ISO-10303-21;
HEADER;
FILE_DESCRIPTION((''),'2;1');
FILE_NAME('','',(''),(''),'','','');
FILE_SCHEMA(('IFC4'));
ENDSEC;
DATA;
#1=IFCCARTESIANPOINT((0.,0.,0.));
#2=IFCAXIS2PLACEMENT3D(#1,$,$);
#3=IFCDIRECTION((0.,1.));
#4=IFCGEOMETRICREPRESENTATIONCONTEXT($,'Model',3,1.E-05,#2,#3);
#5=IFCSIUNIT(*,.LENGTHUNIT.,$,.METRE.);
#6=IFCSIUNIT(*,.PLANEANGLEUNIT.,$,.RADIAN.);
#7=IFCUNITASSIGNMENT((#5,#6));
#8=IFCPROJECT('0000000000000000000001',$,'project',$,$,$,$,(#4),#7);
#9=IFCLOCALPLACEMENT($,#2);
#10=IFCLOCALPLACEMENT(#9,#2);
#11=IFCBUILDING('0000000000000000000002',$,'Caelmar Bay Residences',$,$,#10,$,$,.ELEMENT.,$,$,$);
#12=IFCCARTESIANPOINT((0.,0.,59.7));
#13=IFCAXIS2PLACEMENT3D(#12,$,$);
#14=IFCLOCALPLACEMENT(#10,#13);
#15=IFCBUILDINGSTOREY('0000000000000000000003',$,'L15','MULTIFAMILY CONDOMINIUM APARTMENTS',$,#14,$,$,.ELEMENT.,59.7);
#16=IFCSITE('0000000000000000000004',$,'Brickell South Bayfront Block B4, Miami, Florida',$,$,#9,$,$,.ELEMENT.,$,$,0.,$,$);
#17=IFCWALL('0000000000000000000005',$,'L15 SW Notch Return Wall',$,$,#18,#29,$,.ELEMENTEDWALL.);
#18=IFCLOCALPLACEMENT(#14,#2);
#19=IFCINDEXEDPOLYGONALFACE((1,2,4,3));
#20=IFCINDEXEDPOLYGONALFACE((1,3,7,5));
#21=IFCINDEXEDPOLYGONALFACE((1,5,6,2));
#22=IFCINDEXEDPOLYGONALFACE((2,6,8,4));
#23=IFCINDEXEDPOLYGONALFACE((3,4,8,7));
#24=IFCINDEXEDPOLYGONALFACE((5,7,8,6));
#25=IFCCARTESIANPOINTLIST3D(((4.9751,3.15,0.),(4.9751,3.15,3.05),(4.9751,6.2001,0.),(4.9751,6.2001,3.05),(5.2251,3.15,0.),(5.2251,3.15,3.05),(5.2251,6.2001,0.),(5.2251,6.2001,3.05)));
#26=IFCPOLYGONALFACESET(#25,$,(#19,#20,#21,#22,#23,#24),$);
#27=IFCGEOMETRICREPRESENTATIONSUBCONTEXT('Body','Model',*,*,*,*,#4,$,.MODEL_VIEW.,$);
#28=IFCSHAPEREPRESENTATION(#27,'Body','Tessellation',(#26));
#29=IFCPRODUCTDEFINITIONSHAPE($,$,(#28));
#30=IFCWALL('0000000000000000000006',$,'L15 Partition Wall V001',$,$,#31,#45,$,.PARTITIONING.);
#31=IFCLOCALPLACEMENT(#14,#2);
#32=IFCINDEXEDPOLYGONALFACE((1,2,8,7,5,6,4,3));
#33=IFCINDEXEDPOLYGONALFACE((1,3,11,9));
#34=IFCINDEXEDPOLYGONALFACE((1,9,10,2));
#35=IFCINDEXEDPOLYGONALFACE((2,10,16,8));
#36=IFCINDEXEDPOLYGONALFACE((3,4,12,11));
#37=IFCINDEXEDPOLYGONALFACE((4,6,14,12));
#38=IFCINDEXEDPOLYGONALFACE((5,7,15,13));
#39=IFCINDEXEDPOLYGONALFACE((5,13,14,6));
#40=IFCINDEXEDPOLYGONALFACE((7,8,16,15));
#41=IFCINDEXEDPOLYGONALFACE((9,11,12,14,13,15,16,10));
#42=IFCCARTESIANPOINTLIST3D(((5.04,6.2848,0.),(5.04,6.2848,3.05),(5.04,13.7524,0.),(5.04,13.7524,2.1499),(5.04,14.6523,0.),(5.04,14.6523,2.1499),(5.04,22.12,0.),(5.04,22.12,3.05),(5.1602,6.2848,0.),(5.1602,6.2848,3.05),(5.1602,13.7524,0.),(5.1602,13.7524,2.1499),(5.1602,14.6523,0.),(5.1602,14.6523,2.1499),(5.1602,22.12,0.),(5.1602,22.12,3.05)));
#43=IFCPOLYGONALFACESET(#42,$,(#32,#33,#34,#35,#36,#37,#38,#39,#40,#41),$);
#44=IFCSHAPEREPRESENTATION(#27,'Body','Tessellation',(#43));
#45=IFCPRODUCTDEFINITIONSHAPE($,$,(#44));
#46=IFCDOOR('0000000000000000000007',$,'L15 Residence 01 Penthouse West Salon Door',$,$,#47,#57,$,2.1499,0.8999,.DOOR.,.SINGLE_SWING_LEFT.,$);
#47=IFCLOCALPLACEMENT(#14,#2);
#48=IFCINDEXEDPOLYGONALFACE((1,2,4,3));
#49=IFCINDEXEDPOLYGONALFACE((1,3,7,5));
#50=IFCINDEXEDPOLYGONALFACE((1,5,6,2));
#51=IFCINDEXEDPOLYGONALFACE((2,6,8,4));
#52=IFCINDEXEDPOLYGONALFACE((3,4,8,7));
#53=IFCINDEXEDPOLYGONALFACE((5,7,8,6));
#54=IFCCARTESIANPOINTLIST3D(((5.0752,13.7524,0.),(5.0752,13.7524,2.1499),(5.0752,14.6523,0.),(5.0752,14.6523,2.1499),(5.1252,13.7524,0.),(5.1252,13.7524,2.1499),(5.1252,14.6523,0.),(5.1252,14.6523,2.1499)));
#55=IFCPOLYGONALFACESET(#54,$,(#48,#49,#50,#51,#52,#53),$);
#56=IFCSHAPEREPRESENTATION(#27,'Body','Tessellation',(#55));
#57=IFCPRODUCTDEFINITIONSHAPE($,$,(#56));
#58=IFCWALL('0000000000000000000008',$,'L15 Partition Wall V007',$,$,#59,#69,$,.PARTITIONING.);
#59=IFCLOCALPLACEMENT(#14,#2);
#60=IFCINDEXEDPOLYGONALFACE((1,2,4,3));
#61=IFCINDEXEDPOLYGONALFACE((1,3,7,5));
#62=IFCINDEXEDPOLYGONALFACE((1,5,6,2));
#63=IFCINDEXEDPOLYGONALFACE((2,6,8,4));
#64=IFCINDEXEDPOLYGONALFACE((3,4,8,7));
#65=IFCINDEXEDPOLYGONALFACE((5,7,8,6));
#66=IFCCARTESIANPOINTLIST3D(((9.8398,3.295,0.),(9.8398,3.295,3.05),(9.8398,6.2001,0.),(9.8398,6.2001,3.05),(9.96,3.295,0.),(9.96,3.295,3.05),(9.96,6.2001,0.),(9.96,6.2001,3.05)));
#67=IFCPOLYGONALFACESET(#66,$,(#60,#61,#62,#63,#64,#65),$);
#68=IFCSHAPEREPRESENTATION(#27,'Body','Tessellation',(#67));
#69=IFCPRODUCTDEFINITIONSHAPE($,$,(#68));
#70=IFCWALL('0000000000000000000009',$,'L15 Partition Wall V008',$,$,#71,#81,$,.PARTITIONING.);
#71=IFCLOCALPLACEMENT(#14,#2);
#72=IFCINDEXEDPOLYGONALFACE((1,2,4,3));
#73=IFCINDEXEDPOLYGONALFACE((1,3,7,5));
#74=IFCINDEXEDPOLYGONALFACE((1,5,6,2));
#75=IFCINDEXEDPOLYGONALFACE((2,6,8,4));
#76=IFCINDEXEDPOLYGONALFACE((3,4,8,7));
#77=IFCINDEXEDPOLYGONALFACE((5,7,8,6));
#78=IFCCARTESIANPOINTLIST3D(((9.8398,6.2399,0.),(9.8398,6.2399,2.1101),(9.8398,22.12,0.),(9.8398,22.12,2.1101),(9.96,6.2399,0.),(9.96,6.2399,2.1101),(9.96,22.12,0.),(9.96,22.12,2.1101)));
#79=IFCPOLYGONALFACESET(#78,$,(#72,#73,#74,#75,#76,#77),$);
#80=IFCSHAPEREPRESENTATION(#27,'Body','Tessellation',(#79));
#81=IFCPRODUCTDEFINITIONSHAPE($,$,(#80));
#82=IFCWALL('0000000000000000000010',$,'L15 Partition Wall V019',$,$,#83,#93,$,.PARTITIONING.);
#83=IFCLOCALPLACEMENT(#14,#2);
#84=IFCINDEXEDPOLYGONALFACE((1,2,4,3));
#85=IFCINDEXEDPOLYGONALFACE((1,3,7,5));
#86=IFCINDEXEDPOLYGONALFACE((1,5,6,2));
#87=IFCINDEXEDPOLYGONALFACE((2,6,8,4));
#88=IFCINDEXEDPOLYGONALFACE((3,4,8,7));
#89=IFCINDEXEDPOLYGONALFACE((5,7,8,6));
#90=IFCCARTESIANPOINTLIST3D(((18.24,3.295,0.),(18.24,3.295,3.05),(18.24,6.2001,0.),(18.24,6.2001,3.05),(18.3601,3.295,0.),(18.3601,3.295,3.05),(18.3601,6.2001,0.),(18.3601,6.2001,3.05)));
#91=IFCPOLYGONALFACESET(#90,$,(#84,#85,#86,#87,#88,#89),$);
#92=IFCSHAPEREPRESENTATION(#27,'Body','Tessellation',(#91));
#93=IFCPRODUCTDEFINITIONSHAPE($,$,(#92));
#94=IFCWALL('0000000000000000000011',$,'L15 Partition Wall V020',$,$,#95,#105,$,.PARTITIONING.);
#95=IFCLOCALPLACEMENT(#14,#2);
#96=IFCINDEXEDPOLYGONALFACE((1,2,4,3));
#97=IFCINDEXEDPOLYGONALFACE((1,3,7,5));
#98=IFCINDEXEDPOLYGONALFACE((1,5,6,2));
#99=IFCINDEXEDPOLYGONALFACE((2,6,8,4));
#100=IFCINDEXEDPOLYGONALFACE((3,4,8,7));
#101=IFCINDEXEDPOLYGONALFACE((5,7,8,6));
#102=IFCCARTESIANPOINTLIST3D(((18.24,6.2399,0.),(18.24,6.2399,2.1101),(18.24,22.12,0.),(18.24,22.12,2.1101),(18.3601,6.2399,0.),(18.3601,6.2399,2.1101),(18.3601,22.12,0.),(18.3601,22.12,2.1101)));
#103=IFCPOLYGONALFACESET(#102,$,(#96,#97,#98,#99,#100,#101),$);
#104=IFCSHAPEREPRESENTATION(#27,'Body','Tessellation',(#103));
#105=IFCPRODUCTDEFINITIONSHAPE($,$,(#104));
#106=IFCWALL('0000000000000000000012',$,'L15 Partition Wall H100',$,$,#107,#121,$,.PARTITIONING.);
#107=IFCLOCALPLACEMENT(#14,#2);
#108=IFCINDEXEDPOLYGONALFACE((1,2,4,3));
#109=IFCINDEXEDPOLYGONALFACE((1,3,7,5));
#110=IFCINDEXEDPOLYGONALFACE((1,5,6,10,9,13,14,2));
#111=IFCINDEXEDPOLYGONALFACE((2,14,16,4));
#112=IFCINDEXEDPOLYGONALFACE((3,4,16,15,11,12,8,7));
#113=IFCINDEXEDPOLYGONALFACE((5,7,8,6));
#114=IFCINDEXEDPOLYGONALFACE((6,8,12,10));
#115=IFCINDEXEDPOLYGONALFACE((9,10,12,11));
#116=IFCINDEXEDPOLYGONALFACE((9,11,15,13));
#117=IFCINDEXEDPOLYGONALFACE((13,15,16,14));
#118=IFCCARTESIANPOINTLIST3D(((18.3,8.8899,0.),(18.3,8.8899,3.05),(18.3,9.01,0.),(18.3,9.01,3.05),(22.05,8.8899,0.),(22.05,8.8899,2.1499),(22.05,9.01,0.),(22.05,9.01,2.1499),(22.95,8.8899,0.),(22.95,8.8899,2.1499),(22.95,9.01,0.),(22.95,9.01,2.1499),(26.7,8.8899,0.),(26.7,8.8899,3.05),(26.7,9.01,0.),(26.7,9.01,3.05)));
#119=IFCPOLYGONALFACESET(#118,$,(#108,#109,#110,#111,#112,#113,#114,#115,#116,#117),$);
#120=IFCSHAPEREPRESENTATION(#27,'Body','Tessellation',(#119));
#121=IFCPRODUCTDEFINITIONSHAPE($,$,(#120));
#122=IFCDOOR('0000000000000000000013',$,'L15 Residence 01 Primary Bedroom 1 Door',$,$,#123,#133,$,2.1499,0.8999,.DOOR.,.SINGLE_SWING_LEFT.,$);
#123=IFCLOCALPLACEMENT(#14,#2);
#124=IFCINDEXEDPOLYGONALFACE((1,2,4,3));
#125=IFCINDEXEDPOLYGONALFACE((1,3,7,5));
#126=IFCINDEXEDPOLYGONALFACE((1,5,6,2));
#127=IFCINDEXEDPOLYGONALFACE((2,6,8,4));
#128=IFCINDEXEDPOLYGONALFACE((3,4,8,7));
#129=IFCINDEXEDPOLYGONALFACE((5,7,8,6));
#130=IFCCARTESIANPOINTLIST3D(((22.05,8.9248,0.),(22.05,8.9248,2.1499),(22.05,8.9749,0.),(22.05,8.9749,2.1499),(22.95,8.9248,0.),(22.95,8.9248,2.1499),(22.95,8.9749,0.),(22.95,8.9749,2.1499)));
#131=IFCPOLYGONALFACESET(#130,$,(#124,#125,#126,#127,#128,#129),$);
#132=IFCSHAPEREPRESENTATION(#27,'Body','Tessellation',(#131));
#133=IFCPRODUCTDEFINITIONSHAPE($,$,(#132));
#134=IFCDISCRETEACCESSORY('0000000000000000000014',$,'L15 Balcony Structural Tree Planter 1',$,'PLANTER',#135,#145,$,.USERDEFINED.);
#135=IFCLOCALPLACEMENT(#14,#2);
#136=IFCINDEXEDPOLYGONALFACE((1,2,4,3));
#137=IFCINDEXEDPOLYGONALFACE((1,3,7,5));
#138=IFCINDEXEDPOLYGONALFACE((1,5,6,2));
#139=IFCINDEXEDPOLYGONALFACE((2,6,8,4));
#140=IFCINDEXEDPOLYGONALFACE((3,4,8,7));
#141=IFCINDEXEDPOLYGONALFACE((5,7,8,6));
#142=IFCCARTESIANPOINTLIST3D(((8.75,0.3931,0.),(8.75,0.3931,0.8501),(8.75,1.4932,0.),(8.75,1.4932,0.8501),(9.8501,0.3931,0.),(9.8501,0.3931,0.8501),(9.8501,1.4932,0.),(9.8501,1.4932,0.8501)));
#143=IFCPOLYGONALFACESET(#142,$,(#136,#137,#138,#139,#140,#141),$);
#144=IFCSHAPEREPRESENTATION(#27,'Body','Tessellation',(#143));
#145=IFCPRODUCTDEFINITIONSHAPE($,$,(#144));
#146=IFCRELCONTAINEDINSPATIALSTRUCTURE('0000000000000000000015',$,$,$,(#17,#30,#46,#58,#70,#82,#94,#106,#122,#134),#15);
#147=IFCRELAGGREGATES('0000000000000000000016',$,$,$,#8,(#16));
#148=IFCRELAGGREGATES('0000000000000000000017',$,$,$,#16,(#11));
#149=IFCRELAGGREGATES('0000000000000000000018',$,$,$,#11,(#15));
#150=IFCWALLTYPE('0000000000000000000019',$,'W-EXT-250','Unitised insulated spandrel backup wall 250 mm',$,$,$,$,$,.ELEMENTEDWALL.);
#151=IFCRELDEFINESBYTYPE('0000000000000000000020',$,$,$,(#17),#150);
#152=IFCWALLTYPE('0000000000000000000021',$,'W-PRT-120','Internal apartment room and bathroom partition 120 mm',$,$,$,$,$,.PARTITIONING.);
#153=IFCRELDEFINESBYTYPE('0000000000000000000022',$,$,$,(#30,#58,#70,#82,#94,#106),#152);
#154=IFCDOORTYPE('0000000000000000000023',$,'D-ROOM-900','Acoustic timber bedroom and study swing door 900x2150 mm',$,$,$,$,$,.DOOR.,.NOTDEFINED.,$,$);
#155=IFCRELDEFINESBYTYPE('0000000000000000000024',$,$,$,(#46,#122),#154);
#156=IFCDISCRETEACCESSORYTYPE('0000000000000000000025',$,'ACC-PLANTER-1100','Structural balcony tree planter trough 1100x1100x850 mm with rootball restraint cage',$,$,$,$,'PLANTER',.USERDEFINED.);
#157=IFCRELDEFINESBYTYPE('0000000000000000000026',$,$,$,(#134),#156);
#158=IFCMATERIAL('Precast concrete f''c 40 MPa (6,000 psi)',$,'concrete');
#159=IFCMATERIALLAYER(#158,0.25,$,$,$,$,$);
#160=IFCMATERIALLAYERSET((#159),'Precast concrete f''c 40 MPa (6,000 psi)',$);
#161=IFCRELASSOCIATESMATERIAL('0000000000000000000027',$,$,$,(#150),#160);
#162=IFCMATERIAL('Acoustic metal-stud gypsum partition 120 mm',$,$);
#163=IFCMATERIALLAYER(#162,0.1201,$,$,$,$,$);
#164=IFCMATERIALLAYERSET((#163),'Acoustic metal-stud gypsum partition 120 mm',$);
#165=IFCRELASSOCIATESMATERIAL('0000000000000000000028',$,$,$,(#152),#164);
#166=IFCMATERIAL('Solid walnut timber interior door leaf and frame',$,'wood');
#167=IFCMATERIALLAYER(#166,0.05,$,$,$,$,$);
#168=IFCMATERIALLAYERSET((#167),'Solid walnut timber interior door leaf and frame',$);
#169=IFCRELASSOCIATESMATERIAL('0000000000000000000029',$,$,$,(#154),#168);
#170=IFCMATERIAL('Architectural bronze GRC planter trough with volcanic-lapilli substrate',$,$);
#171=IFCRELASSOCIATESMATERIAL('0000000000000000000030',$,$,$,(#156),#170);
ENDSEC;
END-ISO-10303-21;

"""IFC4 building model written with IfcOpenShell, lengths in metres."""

from ifc_helpers import new_model, si_unit, direction, frame, frame_2d, origin, origin_2d, place, context, subcontext, project, spatial, rectangle, extrude, material, layer, layer_set, type_object, element, fill, save


model = new_model("IFC4")

# Units and contexts
model_context = context("Model", 3, precision=1e-05, world=origin(), true_north=direction((0.0, 1.0)))
body_context = subcontext(model_context, "Body", "Model", "MODEL_VIEW")
ifc_project = project(units=[si_unit("LENGTHUNIT", "METRE"), si_unit("PLANEANGLEUNIT", "RADIAN")], contexts=[model_context])

# Site, building, storey
site_placement = place(None, origin())
site = spatial("IfcSite", under=ifc_project, at=site_placement, Name="Brickell South Bayfront Block B4, Miami, Florida", CompositionType="ELEMENT", RefElevation=0.0)
building_placement = place(site_placement, origin())
building = spatial("IfcBuilding", under=site, at=building_placement, Name="Caelmar Bay Residences", CompositionType="ELEMENT")
storey_placement = place(building_placement, frame((0.0, 0.0, 59.7)))
storey = spatial("IfcBuildingStorey", under=building, at=storey_placement, Name="L15", Description="MULTIFAMILY CONDOMINIUM APARTMENTS", CompositionType="ELEMENT", Elevation=59.7)

# Wall
ifc_material_1 = material(Name="Precast concrete f'c 40 MPa (6,000 psi)", Category="concrete")
ifc_layer_1 = layer(ifc_material_1, 0.25)
ifc_layer_set_1 = layer_set([ifc_layer_1], Name="Precast concrete f'c 40 MPa (6,000 psi)")
wall_type_1 = type_object("IfcWallType", Name="W-EXT-250", Description="Unitised insulated spandrel backup wall 250 mm", PredefinedType="ELEMENTEDWALL", material=ifc_layer_set_1)
wall_1_placement = place(storey_placement, frame((5.1001, 6.2, 0.0), z_axis=(0.0, 0.0, 1.0), x_axis=(0.0, -1.0, 0.0)))
element("IfcWall", 1, at=wall_1_placement, inside=storey, type_object=wall_type_1, Name="L15 SW Notch Return Wall", PredefinedType="ELEMENTEDWALL", context=body_context, shape_type="SweptSolid", body=[
    extrude(rectangle(XDim=3.05, YDim=0.25, at=frame_2d((1.5249, 0.0))), origin(), (0.0, 0.0, 1.0), 3.05),
])

# Wall, opening, door
ifc_material_2 = material(Name="Acoustic metal-stud gypsum partition 120 mm")
ifc_layer_2 = layer(ifc_material_2, 0.1201)
ifc_layer_set_2 = layer_set([ifc_layer_2], Name="Acoustic metal-stud gypsum partition 120 mm")
wall_type_2 = type_object("IfcWallType", Name="W-PRT-120", Description="Internal apartment room and bathroom partition 120 mm", PredefinedType="PARTITIONING", material=ifc_layer_set_2)
wall_2_placement = place(storey_placement, frame((5.1001, 6.2849, 0.0), z_axis=(0.0, 0.0, 1.0), x_axis=(0.0, 1.0, 0.0)))
wall_2 = element("IfcWall", 2, at=wall_2_placement, inside=storey, type_object=wall_type_2, Name="L15 Partition Wall V001", PredefinedType="PARTITIONING", context=body_context, shape_type="SweptSolid", body=[
    extrude(rectangle(XDim=15.8352, YDim=0.1201, at=frame_2d((7.9175, 0.0))), origin(), (0.0, 0.0, 1.0), 3.05),
])
opening_1_placement = place(wall_2_placement, frame((7.4675, 0.0, 0.0)))
opening_1 = element("IfcOpeningElement", 3, at=opening_1_placement, cuts=wall_2, PredefinedType="OPENING", context=body_context, shape_type="SweptSolid", body=[
    extrude(rectangle(XDim=0.8999, YDim=2.1499, at=frame_2d((0.45, 1.075))), frame((0.0, 0.0701, 0.0), z_axis=(0.0, -1.0, 0.0), x_axis=(1.0, 0.0, 0.0)), (0.0, 0.0, 1.0), 0.1401),
])
ifc_material_3 = material(Name="Solid walnut timber interior door leaf and frame", Category="wood")
ifc_layer_3 = layer(ifc_material_3, 0.05)
ifc_layer_set_3 = layer_set([ifc_layer_3], Name="Solid walnut timber interior door leaf and frame")
door_type = type_object("IfcDoorType", Name="D-ROOM-900", Description="Acoustic timber bedroom and study swing door 900x2150 mm", OperationType="NOTDEFINED", PredefinedType="DOOR", material=ifc_layer_set_3)
door_1_placement = place(opening_1_placement, origin())
door_1 = element("IfcDoor", 4, at=door_1_placement, inside=storey, type_object=door_type, Name="L15 Residence 01 Penthouse West Salon Door", OperationType="SINGLE_SWING_LEFT", OverallHeight=2.1499, OverallWidth=0.8999, PredefinedType="DOOR", context=body_context, shape_type="SweptSolid", body=[
    extrude(rectangle(XDim=0.8999, YDim=2.1499, at=frame_2d((0.45, 1.075))), frame((0.0, 0.0249, 0.0), z_axis=(0.0, -1.0, 0.0), x_axis=(1.0, 0.0, 0.0)), (0.0, 0.0, 1.0), 0.05),
])
fill(opening_1, door_1)

# Walls
wall_3_placement = place(storey_placement, frame((9.8999, 3.2949, 0.0), z_axis=(0.0, 0.0, 1.0), x_axis=(0.0, 1.0, 0.0)))
element("IfcWall", 5, at=wall_3_placement, inside=storey, type_object=wall_type_2, Name="L15 Partition Wall V007", PredefinedType="PARTITIONING", context=body_context, shape_type="SweptSolid", body=[
    extrude(rectangle(XDim=2.905, YDim=0.1201, at=frame_2d((1.4526, 0.0))), origin(), (0.0, 0.0, 1.0), 3.05),
])
wall_4_placement = place(storey_placement, frame((9.8999, 6.24, 0.0), z_axis=(0.0, 0.0, 1.0), x_axis=(0.0, 1.0, 0.0)))
element("IfcWall", 6, at=wall_4_placement, inside=storey, type_object=wall_type_2, Name="L15 Partition Wall V008", PredefinedType="PARTITIONING", context=body_context, shape_type="SweptSolid", body=[
    extrude(rectangle(XDim=15.8801, YDim=0.1201, at=frame_2d((7.9399, 0.0))), origin(), (0.0, 0.0, 1.0), 2.1101),
])
wall_5_placement = place(storey_placement, frame((18.3, 3.2949, 0.0), z_axis=(0.0, 0.0, 1.0), x_axis=(0.0, 1.0, 0.0)))
element("IfcWall", 7, at=wall_5_placement, inside=storey, type_object=wall_type_2, Name="L15 Partition Wall V019", PredefinedType="PARTITIONING", context=body_context, shape_type="SweptSolid", body=[
    extrude(rectangle(XDim=2.905, YDim=0.1201, at=frame_2d((1.4526, 0.0))), origin(), (0.0, 0.0, 1.0), 3.05),
])
wall_6_placement = place(storey_placement, frame((18.3, 6.24, 0.0), z_axis=(0.0, 0.0, 1.0), x_axis=(0.0, 1.0, 0.0)))
element("IfcWall", 8, at=wall_6_placement, inside=storey, type_object=wall_type_2, Name="L15 Partition Wall V020", PredefinedType="PARTITIONING", context=body_context, shape_type="SweptSolid", body=[
    extrude(rectangle(XDim=15.8801, YDim=0.1201, at=frame_2d((7.9399, 0.0))), origin(), (0.0, 0.0, 1.0), 2.1101),
])

# Wall, opening, door
wall_7_placement = place(storey_placement, frame((18.3, 8.95, 0.0), z_axis=(0.0, 0.0, 1.0), x_axis=(1.0, 0.0, 0.0)))
wall_7 = element("IfcWall", 9, at=wall_7_placement, inside=storey, type_object=wall_type_2, Name="L15 Partition Wall H100", PredefinedType="PARTITIONING", context=body_context, shape_type="SweptSolid", body=[
    extrude(rectangle(XDim=8.3999, YDim=0.1201, at=frame_2d((4.2, 0.0))), origin(), (0.0, 0.0, 1.0), 3.05),
])
opening_2_placement = place(wall_7_placement, frame((3.75, 0.0, 0.0)))
opening_2 = element("IfcOpeningElement", 10, at=opening_2_placement, cuts=wall_7, PredefinedType="OPENING", context=body_context, shape_type="SweptSolid", body=[
    extrude(rectangle(XDim=0.8999, YDim=2.1499, at=frame_2d((0.45, 1.075))), frame((0.0, 0.0701, 0.0), z_axis=(0.0, -1.0, 0.0), x_axis=(1.0, 0.0, 0.0)), (0.0, 0.0, 1.0), 0.1401),
])
door_2_placement = place(opening_2_placement, origin())
door_2 = element("IfcDoor", 11, at=door_2_placement, inside=storey, type_object=door_type, Name="L15 Residence 01 Primary Bedroom 1 Door", OperationType="SINGLE_SWING_LEFT", OverallHeight=2.1499, OverallWidth=0.8999, PredefinedType="DOOR", context=body_context, shape_type="SweptSolid", body=[
    extrude(rectangle(XDim=0.8999, YDim=2.1499, at=frame_2d((0.45, 1.075))), frame((0.0, 0.0249, 0.0), z_axis=(0.0, -1.0, 0.0), x_axis=(1.0, 0.0, 0.0)), (0.0, 0.0, 1.0), 0.05),
])
fill(opening_2, door_2)

# Discrete accessory
ifc_material_4 = material(Name="Architectural bronze GRC planter trough with volcanic-lapilli substrate")
discrete_accessory_type = type_object("IfcDiscreteAccessoryType", Name="ACC-PLANTER-1100", Description="Structural balcony tree planter trough 1100x1100x850 mm with rootball restraint cage", ElementType="PLANTER", PredefinedType="USERDEFINED", material=ifc_material_4)
discrete_accessory_placement = place(storey_placement, frame((9.3, 0.9431, 0.0), z_axis=(0.0, 0.0, 1.0), x_axis=(1.0, 0.0, 0.0)))
element("IfcDiscreteAccessory", 12, at=discrete_accessory_placement, inside=storey, type_object=discrete_accessory_type, Name="L15 Balcony Structural Tree Planter 1", ObjectType="PLANTER", PredefinedType="USERDEFINED", context=body_context, shape_type="SweptSolid", body=[
    extrude(rectangle(XDim=1.1001, YDim=1.1001, at=origin_2d()), origin(), (0.0, 0.0, 1.0), 0.8501),
])

save(model, "model.ifc")
